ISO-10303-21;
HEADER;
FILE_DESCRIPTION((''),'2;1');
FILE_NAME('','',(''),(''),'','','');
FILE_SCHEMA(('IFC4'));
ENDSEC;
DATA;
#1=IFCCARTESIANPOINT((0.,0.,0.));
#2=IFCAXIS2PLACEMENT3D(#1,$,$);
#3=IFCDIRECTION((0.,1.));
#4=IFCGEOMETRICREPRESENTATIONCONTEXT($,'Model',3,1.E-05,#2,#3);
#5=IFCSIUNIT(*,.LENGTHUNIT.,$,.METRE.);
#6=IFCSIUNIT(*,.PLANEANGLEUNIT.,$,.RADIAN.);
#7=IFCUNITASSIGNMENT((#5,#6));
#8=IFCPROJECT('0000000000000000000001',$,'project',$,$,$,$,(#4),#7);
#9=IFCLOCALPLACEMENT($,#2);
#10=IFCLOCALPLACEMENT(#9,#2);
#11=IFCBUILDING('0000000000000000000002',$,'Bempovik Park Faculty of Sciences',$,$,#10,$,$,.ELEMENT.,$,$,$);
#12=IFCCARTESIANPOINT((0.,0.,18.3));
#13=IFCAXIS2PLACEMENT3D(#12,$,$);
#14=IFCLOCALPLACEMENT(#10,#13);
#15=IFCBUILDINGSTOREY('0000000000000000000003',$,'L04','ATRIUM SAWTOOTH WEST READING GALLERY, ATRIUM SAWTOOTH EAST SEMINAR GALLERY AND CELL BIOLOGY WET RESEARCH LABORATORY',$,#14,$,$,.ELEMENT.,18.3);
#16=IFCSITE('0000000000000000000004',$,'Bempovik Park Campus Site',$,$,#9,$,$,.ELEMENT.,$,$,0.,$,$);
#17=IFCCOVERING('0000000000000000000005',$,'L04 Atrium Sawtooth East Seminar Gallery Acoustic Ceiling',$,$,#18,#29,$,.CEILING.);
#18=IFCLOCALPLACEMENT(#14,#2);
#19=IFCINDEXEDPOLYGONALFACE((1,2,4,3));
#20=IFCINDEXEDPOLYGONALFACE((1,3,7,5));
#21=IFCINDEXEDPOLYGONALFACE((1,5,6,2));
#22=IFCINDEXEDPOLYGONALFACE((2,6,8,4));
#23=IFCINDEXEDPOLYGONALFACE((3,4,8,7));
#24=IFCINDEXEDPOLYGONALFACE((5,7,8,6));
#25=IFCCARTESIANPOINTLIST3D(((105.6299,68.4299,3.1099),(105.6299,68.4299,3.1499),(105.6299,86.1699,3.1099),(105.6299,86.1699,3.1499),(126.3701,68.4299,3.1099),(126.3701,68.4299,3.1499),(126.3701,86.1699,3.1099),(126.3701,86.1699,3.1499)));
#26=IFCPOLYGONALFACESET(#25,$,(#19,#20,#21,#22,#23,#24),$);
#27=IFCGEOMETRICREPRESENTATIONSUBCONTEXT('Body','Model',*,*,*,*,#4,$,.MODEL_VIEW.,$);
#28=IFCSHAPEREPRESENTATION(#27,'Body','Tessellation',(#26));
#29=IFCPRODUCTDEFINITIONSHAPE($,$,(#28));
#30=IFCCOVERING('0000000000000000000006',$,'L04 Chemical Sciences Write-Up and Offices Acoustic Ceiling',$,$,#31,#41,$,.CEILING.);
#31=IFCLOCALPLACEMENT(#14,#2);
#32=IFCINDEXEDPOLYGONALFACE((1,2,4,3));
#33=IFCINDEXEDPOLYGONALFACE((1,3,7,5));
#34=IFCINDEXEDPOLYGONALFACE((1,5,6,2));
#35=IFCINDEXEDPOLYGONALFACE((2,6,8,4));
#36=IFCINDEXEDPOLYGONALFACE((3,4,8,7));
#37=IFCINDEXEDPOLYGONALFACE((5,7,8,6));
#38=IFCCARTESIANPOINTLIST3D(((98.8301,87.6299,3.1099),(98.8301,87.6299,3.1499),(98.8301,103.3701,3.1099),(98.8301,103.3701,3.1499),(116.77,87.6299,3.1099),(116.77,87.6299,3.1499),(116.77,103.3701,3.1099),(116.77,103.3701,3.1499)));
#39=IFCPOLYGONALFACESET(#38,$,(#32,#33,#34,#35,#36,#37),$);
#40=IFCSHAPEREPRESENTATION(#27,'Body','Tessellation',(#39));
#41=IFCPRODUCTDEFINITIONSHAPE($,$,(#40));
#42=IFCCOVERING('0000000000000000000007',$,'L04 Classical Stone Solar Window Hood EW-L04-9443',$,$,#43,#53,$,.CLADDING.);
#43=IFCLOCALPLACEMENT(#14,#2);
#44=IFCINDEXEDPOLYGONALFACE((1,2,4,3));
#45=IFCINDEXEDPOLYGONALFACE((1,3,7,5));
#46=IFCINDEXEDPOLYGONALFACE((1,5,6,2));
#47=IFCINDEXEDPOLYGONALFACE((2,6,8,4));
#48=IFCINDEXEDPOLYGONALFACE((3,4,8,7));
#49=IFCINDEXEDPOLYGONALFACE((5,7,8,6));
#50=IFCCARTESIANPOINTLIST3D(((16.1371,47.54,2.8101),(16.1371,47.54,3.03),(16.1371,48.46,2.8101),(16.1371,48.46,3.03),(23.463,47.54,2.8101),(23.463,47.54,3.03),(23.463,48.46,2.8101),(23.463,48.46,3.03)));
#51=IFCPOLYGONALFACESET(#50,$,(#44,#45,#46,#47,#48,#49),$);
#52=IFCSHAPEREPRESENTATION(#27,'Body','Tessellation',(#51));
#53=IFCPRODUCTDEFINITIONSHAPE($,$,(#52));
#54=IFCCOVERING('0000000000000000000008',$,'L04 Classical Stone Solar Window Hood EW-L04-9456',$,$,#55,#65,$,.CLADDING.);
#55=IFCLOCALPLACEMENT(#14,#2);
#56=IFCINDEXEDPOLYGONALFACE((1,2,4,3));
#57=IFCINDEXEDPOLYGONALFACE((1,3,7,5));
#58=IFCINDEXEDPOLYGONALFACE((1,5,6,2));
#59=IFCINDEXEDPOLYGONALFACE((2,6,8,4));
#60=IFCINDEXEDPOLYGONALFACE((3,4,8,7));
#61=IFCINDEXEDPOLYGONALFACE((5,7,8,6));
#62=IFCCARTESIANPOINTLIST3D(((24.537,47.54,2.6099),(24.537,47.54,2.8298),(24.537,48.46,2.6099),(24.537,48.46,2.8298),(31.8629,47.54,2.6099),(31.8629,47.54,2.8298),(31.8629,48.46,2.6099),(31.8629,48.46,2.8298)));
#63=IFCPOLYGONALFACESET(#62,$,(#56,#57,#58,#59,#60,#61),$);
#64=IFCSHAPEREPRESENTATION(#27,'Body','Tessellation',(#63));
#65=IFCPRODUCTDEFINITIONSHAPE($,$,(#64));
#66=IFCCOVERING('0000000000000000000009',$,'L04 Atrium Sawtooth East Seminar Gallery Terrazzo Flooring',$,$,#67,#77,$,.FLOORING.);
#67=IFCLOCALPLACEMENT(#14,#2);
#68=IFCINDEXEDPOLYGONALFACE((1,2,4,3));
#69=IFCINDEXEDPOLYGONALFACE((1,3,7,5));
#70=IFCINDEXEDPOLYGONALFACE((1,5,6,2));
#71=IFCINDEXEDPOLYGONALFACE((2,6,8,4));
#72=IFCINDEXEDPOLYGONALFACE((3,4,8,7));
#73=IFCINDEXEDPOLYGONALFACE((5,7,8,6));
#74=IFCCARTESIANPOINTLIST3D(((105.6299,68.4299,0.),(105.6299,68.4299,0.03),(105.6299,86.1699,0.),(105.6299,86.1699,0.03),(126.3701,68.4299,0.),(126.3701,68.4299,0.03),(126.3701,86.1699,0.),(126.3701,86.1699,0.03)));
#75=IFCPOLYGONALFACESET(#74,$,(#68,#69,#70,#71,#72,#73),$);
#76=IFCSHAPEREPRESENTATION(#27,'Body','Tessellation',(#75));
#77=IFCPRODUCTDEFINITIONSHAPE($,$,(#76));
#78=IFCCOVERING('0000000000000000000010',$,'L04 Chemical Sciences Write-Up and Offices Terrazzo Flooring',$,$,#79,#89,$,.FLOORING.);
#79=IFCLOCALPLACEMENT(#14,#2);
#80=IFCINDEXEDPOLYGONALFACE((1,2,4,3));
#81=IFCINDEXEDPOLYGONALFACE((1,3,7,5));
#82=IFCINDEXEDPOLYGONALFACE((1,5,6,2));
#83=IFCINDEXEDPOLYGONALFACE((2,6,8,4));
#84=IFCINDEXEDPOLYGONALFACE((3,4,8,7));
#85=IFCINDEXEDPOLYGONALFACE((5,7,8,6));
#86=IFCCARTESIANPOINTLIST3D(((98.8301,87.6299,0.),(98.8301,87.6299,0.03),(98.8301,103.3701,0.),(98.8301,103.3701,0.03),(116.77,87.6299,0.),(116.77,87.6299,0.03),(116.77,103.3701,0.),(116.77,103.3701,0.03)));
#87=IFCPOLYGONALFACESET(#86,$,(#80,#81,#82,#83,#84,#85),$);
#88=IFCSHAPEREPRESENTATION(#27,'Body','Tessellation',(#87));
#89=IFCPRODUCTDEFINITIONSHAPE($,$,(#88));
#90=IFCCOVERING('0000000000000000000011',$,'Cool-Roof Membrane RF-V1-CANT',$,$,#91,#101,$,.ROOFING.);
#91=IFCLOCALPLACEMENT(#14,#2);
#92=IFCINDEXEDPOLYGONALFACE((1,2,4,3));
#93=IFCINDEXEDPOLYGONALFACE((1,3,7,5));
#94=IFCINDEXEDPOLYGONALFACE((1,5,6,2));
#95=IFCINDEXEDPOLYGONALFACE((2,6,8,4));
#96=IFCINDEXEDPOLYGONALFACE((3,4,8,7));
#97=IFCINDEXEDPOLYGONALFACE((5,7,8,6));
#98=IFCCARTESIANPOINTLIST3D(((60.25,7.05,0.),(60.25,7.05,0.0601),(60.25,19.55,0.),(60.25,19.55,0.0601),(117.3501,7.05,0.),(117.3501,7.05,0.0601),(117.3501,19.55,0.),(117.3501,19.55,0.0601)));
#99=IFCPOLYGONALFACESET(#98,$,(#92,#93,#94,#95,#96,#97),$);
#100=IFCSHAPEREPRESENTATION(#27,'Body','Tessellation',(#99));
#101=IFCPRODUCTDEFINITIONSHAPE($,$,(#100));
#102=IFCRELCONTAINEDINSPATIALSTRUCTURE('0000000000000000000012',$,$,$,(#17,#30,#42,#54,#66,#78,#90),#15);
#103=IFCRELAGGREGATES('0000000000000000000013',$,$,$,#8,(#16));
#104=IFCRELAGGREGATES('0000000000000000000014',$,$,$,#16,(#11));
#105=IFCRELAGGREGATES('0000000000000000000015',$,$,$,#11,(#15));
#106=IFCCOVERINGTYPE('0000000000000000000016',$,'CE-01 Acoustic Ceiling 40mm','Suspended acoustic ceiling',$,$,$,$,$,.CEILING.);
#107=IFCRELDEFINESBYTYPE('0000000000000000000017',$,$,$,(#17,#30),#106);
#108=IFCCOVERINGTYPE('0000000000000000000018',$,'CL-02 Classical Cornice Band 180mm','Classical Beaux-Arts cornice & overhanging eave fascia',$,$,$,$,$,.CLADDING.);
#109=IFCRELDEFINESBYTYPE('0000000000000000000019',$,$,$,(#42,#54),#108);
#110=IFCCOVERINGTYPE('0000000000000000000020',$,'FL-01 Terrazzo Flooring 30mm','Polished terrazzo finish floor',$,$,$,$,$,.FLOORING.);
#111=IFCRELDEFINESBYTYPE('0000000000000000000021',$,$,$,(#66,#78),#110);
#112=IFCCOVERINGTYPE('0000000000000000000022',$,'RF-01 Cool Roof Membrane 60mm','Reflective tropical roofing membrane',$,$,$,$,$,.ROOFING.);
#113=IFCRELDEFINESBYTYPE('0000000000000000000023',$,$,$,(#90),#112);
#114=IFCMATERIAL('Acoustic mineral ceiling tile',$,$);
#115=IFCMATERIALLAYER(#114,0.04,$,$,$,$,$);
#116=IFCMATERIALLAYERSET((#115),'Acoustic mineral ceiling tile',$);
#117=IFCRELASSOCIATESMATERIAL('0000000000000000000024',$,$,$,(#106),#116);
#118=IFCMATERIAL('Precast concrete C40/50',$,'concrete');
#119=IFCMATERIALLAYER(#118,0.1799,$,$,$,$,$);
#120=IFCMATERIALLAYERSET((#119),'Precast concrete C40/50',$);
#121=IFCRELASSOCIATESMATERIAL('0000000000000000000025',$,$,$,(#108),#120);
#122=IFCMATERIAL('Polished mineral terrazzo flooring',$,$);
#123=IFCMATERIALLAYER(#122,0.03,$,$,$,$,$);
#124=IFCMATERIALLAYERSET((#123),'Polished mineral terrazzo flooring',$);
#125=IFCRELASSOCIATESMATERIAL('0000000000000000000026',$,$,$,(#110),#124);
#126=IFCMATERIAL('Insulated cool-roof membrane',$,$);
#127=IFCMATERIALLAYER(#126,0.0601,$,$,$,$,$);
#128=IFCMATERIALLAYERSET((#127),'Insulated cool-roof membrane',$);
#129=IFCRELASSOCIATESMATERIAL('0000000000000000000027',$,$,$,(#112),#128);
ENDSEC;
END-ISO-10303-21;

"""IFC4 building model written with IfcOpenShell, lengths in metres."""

from ifc_helpers import new_model, si_unit, direction, frame, origin, origin_2d, place, context, subcontext, project, spatial, polyline, rectangle, outline, extrude, material, layer, layer_set, type_object, element, save


model = new_model("IFC4")

# Units and contexts
model_context = context("Model", 3, precision=1e-05, world=origin(), true_north=direction((0.0, 1.0)))
body_context = subcontext(model_context, "Body", "Model", "MODEL_VIEW")
ifc_project = project(units=[si_unit("LENGTHUNIT", "METRE"), si_unit("PLANEANGLEUNIT", "RADIAN")], contexts=[model_context])

# Site, building, storey
site_placement = place(None, origin())
site = spatial("IfcSite", under=ifc_project, at=site_placement, Name="Bempovik Park Campus Site", CompositionType="ELEMENT", RefElevation=0.0)
building_placement = place(site_placement, origin())
building = spatial("IfcBuilding", under=site, at=building_placement, Name="Bempovik Park Faculty of Sciences", CompositionType="ELEMENT")
storey_placement = place(building_placement, frame((0.0, 0.0, 18.3)))
storey = spatial("IfcBuildingStorey", under=building, at=storey_placement, Name="L04", Description="ATRIUM SAWTOOTH WEST READING GALLERY, ATRIUM SAWTOOTH EAST SEMINAR GALLERY AND CELL BIOLOGY WET RESEARCH LABORATORY", CompositionType="ELEMENT", Elevation=18.3)

# Coverings
ifc_material_1 = material(Name="Acoustic mineral ceiling tile")
ifc_layer_1 = layer(ifc_material_1, 0.04)
ifc_layer_set_1 = layer_set([ifc_layer_1], Name="Acoustic mineral ceiling tile")
covering_type_1 = type_object("IfcCoveringType", Name="CE-01 Acoustic Ceiling 40mm", Description="Suspended acoustic ceiling", PredefinedType="CEILING", material=ifc_layer_set_1)
covering_1_placement = place(storey_placement, frame((0.0, 0.0, 3.1099)))
element("IfcCovering", 1, at=covering_1_placement, inside=storey, type_object=covering_type_1, Name="L04 Atrium Sawtooth East Seminar Gallery Acoustic Ceiling", PredefinedType="CEILING", context=body_context, shape_type="SweptSolid", body=[
    extrude(outline(polyline([(105.6299, 68.4299), (126.3701, 68.4299), (126.3701, 86.1699), (105.6299, 86.1699), (105.6299, 68.4299)])), origin(), (0.0, 0.0, 1.0), 0.04),
])
covering_2_placement = place(storey_placement, frame((0.0, 0.0, 3.1099)))
element("IfcCovering", 2, at=covering_2_placement, inside=storey, type_object=covering_type_1, Name="L04 Chemical Sciences Write-Up and Offices Acoustic Ceiling", PredefinedType="CEILING", context=body_context, shape_type="SweptSolid", body=[
    extrude(outline(polyline([(98.8301, 87.6299), (116.77, 87.6299), (116.77, 103.3701), (98.8301, 103.3701), (98.8301, 87.6299)])), origin(), (0.0, 0.0, 1.0), 0.04),
])
ifc_material_2 = material(Name="Precast concrete C40/50", Category="concrete")
ifc_layer_2 = layer(ifc_material_2, 0.1799)
ifc_layer_set_2 = layer_set([ifc_layer_2], Name="Precast concrete C40/50")
covering_type_2 = type_object("IfcCoveringType", Name="CL-02 Classical Cornice Band 180mm", Description="Classical Beaux-Arts cornice & overhanging eave fascia", PredefinedType="CLADDING", material=ifc_layer_set_2)
for number, where, z_axis, x_axis, name in (
    (3, (19.8, 48.0, 2.8101), (0.0, 0.0, 1.0), (1.0, 0.0, 0.0), "L04 Classical Stone Solar Window Hood EW-L04-9443"),
    (4, (28.2, 48.0, 2.6099), (0.0, 0.0, 1.0), (1.0, 0.0, 0.0), "L04 Classical Stone Solar Window Hood EW-L04-9456"),
):
    element("IfcCovering", number, at=place(storey_placement, frame(where, z_axis=z_axis, x_axis=x_axis)), inside=storey, type_object=covering_type_2, Name=name, PredefinedType="CLADDING", context=body_context, shape_type="SweptSolid", body=[
        extrude(rectangle(XDim=7.3259, YDim=0.9199, at=origin_2d()), origin(), (0.0, 0.0, 1.0), 0.22),
    ])
ifc_material_3 = material(Name="Polished mineral terrazzo flooring")
ifc_layer_3 = layer(ifc_material_3, 0.03)
ifc_layer_set_3 = layer_set([ifc_layer_3], Name="Polished mineral terrazzo flooring")
covering_type_3 = type_object("IfcCoveringType", Name="FL-01 Terrazzo Flooring 30mm", Description="Polished terrazzo finish floor", PredefinedType="FLOORING", material=ifc_layer_set_3)
covering_3_placement = place(storey_placement, origin())
element("IfcCovering", 5, at=covering_3_placement, inside=storey, type_object=covering_type_3, Name="L04 Atrium Sawtooth East Seminar Gallery Terrazzo Flooring", PredefinedType="FLOORING", context=body_context, shape_type="SweptSolid", body=[
    extrude(outline(polyline([(105.6299, 68.4299), (126.3701, 68.4299), (126.3701, 86.1699), (105.6299, 86.1699), (105.6299, 68.4299)])), origin(), (0.0, 0.0, 1.0), 0.03),
])
covering_4_placement = place(storey_placement, origin())
element("IfcCovering", 6, at=covering_4_placement, inside=storey, type_object=covering_type_3, Name="L04 Chemical Sciences Write-Up and Offices Terrazzo Flooring", PredefinedType="FLOORING", context=body_context, shape_type="SweptSolid", body=[
    extrude(outline(polyline([(98.8301, 87.6299), (116.77, 87.6299), (116.77, 103.3701), (98.8301, 103.3701), (98.8301, 87.6299)])), origin(), (0.0, 0.0, 1.0), 0.03),
])
ifc_material_4 = material(Name="Insulated cool-roof membrane")
ifc_layer_4 = layer(ifc_material_4, 0.0601)
ifc_layer_set_4 = layer_set([ifc_layer_4], Name="Insulated cool-roof membrane")
covering_type_4 = type_object("IfcCoveringType", Name="RF-01 Cool Roof Membrane 60mm", Description="Reflective tropical roofing membrane", PredefinedType="ROOFING", material=ifc_layer_set_4)
covering_5_placement = place(storey_placement, origin())
element("IfcCovering", 7, at=covering_5_placement, inside=storey, type_object=covering_type_4, Name="Cool-Roof Membrane RF-V1-CANT", PredefinedType="ROOFING", context=body_context, shape_type="SweptSolid", body=[
    extrude(outline(polyline([(60.25, 7.05), (117.3501, 7.05), (117.3501, 19.55), (60.25, 19.55), (60.25, 7.05)])), origin(), (0.0, 0.0, 1.0), 0.0601),
])

save(model, "model.ifc")
